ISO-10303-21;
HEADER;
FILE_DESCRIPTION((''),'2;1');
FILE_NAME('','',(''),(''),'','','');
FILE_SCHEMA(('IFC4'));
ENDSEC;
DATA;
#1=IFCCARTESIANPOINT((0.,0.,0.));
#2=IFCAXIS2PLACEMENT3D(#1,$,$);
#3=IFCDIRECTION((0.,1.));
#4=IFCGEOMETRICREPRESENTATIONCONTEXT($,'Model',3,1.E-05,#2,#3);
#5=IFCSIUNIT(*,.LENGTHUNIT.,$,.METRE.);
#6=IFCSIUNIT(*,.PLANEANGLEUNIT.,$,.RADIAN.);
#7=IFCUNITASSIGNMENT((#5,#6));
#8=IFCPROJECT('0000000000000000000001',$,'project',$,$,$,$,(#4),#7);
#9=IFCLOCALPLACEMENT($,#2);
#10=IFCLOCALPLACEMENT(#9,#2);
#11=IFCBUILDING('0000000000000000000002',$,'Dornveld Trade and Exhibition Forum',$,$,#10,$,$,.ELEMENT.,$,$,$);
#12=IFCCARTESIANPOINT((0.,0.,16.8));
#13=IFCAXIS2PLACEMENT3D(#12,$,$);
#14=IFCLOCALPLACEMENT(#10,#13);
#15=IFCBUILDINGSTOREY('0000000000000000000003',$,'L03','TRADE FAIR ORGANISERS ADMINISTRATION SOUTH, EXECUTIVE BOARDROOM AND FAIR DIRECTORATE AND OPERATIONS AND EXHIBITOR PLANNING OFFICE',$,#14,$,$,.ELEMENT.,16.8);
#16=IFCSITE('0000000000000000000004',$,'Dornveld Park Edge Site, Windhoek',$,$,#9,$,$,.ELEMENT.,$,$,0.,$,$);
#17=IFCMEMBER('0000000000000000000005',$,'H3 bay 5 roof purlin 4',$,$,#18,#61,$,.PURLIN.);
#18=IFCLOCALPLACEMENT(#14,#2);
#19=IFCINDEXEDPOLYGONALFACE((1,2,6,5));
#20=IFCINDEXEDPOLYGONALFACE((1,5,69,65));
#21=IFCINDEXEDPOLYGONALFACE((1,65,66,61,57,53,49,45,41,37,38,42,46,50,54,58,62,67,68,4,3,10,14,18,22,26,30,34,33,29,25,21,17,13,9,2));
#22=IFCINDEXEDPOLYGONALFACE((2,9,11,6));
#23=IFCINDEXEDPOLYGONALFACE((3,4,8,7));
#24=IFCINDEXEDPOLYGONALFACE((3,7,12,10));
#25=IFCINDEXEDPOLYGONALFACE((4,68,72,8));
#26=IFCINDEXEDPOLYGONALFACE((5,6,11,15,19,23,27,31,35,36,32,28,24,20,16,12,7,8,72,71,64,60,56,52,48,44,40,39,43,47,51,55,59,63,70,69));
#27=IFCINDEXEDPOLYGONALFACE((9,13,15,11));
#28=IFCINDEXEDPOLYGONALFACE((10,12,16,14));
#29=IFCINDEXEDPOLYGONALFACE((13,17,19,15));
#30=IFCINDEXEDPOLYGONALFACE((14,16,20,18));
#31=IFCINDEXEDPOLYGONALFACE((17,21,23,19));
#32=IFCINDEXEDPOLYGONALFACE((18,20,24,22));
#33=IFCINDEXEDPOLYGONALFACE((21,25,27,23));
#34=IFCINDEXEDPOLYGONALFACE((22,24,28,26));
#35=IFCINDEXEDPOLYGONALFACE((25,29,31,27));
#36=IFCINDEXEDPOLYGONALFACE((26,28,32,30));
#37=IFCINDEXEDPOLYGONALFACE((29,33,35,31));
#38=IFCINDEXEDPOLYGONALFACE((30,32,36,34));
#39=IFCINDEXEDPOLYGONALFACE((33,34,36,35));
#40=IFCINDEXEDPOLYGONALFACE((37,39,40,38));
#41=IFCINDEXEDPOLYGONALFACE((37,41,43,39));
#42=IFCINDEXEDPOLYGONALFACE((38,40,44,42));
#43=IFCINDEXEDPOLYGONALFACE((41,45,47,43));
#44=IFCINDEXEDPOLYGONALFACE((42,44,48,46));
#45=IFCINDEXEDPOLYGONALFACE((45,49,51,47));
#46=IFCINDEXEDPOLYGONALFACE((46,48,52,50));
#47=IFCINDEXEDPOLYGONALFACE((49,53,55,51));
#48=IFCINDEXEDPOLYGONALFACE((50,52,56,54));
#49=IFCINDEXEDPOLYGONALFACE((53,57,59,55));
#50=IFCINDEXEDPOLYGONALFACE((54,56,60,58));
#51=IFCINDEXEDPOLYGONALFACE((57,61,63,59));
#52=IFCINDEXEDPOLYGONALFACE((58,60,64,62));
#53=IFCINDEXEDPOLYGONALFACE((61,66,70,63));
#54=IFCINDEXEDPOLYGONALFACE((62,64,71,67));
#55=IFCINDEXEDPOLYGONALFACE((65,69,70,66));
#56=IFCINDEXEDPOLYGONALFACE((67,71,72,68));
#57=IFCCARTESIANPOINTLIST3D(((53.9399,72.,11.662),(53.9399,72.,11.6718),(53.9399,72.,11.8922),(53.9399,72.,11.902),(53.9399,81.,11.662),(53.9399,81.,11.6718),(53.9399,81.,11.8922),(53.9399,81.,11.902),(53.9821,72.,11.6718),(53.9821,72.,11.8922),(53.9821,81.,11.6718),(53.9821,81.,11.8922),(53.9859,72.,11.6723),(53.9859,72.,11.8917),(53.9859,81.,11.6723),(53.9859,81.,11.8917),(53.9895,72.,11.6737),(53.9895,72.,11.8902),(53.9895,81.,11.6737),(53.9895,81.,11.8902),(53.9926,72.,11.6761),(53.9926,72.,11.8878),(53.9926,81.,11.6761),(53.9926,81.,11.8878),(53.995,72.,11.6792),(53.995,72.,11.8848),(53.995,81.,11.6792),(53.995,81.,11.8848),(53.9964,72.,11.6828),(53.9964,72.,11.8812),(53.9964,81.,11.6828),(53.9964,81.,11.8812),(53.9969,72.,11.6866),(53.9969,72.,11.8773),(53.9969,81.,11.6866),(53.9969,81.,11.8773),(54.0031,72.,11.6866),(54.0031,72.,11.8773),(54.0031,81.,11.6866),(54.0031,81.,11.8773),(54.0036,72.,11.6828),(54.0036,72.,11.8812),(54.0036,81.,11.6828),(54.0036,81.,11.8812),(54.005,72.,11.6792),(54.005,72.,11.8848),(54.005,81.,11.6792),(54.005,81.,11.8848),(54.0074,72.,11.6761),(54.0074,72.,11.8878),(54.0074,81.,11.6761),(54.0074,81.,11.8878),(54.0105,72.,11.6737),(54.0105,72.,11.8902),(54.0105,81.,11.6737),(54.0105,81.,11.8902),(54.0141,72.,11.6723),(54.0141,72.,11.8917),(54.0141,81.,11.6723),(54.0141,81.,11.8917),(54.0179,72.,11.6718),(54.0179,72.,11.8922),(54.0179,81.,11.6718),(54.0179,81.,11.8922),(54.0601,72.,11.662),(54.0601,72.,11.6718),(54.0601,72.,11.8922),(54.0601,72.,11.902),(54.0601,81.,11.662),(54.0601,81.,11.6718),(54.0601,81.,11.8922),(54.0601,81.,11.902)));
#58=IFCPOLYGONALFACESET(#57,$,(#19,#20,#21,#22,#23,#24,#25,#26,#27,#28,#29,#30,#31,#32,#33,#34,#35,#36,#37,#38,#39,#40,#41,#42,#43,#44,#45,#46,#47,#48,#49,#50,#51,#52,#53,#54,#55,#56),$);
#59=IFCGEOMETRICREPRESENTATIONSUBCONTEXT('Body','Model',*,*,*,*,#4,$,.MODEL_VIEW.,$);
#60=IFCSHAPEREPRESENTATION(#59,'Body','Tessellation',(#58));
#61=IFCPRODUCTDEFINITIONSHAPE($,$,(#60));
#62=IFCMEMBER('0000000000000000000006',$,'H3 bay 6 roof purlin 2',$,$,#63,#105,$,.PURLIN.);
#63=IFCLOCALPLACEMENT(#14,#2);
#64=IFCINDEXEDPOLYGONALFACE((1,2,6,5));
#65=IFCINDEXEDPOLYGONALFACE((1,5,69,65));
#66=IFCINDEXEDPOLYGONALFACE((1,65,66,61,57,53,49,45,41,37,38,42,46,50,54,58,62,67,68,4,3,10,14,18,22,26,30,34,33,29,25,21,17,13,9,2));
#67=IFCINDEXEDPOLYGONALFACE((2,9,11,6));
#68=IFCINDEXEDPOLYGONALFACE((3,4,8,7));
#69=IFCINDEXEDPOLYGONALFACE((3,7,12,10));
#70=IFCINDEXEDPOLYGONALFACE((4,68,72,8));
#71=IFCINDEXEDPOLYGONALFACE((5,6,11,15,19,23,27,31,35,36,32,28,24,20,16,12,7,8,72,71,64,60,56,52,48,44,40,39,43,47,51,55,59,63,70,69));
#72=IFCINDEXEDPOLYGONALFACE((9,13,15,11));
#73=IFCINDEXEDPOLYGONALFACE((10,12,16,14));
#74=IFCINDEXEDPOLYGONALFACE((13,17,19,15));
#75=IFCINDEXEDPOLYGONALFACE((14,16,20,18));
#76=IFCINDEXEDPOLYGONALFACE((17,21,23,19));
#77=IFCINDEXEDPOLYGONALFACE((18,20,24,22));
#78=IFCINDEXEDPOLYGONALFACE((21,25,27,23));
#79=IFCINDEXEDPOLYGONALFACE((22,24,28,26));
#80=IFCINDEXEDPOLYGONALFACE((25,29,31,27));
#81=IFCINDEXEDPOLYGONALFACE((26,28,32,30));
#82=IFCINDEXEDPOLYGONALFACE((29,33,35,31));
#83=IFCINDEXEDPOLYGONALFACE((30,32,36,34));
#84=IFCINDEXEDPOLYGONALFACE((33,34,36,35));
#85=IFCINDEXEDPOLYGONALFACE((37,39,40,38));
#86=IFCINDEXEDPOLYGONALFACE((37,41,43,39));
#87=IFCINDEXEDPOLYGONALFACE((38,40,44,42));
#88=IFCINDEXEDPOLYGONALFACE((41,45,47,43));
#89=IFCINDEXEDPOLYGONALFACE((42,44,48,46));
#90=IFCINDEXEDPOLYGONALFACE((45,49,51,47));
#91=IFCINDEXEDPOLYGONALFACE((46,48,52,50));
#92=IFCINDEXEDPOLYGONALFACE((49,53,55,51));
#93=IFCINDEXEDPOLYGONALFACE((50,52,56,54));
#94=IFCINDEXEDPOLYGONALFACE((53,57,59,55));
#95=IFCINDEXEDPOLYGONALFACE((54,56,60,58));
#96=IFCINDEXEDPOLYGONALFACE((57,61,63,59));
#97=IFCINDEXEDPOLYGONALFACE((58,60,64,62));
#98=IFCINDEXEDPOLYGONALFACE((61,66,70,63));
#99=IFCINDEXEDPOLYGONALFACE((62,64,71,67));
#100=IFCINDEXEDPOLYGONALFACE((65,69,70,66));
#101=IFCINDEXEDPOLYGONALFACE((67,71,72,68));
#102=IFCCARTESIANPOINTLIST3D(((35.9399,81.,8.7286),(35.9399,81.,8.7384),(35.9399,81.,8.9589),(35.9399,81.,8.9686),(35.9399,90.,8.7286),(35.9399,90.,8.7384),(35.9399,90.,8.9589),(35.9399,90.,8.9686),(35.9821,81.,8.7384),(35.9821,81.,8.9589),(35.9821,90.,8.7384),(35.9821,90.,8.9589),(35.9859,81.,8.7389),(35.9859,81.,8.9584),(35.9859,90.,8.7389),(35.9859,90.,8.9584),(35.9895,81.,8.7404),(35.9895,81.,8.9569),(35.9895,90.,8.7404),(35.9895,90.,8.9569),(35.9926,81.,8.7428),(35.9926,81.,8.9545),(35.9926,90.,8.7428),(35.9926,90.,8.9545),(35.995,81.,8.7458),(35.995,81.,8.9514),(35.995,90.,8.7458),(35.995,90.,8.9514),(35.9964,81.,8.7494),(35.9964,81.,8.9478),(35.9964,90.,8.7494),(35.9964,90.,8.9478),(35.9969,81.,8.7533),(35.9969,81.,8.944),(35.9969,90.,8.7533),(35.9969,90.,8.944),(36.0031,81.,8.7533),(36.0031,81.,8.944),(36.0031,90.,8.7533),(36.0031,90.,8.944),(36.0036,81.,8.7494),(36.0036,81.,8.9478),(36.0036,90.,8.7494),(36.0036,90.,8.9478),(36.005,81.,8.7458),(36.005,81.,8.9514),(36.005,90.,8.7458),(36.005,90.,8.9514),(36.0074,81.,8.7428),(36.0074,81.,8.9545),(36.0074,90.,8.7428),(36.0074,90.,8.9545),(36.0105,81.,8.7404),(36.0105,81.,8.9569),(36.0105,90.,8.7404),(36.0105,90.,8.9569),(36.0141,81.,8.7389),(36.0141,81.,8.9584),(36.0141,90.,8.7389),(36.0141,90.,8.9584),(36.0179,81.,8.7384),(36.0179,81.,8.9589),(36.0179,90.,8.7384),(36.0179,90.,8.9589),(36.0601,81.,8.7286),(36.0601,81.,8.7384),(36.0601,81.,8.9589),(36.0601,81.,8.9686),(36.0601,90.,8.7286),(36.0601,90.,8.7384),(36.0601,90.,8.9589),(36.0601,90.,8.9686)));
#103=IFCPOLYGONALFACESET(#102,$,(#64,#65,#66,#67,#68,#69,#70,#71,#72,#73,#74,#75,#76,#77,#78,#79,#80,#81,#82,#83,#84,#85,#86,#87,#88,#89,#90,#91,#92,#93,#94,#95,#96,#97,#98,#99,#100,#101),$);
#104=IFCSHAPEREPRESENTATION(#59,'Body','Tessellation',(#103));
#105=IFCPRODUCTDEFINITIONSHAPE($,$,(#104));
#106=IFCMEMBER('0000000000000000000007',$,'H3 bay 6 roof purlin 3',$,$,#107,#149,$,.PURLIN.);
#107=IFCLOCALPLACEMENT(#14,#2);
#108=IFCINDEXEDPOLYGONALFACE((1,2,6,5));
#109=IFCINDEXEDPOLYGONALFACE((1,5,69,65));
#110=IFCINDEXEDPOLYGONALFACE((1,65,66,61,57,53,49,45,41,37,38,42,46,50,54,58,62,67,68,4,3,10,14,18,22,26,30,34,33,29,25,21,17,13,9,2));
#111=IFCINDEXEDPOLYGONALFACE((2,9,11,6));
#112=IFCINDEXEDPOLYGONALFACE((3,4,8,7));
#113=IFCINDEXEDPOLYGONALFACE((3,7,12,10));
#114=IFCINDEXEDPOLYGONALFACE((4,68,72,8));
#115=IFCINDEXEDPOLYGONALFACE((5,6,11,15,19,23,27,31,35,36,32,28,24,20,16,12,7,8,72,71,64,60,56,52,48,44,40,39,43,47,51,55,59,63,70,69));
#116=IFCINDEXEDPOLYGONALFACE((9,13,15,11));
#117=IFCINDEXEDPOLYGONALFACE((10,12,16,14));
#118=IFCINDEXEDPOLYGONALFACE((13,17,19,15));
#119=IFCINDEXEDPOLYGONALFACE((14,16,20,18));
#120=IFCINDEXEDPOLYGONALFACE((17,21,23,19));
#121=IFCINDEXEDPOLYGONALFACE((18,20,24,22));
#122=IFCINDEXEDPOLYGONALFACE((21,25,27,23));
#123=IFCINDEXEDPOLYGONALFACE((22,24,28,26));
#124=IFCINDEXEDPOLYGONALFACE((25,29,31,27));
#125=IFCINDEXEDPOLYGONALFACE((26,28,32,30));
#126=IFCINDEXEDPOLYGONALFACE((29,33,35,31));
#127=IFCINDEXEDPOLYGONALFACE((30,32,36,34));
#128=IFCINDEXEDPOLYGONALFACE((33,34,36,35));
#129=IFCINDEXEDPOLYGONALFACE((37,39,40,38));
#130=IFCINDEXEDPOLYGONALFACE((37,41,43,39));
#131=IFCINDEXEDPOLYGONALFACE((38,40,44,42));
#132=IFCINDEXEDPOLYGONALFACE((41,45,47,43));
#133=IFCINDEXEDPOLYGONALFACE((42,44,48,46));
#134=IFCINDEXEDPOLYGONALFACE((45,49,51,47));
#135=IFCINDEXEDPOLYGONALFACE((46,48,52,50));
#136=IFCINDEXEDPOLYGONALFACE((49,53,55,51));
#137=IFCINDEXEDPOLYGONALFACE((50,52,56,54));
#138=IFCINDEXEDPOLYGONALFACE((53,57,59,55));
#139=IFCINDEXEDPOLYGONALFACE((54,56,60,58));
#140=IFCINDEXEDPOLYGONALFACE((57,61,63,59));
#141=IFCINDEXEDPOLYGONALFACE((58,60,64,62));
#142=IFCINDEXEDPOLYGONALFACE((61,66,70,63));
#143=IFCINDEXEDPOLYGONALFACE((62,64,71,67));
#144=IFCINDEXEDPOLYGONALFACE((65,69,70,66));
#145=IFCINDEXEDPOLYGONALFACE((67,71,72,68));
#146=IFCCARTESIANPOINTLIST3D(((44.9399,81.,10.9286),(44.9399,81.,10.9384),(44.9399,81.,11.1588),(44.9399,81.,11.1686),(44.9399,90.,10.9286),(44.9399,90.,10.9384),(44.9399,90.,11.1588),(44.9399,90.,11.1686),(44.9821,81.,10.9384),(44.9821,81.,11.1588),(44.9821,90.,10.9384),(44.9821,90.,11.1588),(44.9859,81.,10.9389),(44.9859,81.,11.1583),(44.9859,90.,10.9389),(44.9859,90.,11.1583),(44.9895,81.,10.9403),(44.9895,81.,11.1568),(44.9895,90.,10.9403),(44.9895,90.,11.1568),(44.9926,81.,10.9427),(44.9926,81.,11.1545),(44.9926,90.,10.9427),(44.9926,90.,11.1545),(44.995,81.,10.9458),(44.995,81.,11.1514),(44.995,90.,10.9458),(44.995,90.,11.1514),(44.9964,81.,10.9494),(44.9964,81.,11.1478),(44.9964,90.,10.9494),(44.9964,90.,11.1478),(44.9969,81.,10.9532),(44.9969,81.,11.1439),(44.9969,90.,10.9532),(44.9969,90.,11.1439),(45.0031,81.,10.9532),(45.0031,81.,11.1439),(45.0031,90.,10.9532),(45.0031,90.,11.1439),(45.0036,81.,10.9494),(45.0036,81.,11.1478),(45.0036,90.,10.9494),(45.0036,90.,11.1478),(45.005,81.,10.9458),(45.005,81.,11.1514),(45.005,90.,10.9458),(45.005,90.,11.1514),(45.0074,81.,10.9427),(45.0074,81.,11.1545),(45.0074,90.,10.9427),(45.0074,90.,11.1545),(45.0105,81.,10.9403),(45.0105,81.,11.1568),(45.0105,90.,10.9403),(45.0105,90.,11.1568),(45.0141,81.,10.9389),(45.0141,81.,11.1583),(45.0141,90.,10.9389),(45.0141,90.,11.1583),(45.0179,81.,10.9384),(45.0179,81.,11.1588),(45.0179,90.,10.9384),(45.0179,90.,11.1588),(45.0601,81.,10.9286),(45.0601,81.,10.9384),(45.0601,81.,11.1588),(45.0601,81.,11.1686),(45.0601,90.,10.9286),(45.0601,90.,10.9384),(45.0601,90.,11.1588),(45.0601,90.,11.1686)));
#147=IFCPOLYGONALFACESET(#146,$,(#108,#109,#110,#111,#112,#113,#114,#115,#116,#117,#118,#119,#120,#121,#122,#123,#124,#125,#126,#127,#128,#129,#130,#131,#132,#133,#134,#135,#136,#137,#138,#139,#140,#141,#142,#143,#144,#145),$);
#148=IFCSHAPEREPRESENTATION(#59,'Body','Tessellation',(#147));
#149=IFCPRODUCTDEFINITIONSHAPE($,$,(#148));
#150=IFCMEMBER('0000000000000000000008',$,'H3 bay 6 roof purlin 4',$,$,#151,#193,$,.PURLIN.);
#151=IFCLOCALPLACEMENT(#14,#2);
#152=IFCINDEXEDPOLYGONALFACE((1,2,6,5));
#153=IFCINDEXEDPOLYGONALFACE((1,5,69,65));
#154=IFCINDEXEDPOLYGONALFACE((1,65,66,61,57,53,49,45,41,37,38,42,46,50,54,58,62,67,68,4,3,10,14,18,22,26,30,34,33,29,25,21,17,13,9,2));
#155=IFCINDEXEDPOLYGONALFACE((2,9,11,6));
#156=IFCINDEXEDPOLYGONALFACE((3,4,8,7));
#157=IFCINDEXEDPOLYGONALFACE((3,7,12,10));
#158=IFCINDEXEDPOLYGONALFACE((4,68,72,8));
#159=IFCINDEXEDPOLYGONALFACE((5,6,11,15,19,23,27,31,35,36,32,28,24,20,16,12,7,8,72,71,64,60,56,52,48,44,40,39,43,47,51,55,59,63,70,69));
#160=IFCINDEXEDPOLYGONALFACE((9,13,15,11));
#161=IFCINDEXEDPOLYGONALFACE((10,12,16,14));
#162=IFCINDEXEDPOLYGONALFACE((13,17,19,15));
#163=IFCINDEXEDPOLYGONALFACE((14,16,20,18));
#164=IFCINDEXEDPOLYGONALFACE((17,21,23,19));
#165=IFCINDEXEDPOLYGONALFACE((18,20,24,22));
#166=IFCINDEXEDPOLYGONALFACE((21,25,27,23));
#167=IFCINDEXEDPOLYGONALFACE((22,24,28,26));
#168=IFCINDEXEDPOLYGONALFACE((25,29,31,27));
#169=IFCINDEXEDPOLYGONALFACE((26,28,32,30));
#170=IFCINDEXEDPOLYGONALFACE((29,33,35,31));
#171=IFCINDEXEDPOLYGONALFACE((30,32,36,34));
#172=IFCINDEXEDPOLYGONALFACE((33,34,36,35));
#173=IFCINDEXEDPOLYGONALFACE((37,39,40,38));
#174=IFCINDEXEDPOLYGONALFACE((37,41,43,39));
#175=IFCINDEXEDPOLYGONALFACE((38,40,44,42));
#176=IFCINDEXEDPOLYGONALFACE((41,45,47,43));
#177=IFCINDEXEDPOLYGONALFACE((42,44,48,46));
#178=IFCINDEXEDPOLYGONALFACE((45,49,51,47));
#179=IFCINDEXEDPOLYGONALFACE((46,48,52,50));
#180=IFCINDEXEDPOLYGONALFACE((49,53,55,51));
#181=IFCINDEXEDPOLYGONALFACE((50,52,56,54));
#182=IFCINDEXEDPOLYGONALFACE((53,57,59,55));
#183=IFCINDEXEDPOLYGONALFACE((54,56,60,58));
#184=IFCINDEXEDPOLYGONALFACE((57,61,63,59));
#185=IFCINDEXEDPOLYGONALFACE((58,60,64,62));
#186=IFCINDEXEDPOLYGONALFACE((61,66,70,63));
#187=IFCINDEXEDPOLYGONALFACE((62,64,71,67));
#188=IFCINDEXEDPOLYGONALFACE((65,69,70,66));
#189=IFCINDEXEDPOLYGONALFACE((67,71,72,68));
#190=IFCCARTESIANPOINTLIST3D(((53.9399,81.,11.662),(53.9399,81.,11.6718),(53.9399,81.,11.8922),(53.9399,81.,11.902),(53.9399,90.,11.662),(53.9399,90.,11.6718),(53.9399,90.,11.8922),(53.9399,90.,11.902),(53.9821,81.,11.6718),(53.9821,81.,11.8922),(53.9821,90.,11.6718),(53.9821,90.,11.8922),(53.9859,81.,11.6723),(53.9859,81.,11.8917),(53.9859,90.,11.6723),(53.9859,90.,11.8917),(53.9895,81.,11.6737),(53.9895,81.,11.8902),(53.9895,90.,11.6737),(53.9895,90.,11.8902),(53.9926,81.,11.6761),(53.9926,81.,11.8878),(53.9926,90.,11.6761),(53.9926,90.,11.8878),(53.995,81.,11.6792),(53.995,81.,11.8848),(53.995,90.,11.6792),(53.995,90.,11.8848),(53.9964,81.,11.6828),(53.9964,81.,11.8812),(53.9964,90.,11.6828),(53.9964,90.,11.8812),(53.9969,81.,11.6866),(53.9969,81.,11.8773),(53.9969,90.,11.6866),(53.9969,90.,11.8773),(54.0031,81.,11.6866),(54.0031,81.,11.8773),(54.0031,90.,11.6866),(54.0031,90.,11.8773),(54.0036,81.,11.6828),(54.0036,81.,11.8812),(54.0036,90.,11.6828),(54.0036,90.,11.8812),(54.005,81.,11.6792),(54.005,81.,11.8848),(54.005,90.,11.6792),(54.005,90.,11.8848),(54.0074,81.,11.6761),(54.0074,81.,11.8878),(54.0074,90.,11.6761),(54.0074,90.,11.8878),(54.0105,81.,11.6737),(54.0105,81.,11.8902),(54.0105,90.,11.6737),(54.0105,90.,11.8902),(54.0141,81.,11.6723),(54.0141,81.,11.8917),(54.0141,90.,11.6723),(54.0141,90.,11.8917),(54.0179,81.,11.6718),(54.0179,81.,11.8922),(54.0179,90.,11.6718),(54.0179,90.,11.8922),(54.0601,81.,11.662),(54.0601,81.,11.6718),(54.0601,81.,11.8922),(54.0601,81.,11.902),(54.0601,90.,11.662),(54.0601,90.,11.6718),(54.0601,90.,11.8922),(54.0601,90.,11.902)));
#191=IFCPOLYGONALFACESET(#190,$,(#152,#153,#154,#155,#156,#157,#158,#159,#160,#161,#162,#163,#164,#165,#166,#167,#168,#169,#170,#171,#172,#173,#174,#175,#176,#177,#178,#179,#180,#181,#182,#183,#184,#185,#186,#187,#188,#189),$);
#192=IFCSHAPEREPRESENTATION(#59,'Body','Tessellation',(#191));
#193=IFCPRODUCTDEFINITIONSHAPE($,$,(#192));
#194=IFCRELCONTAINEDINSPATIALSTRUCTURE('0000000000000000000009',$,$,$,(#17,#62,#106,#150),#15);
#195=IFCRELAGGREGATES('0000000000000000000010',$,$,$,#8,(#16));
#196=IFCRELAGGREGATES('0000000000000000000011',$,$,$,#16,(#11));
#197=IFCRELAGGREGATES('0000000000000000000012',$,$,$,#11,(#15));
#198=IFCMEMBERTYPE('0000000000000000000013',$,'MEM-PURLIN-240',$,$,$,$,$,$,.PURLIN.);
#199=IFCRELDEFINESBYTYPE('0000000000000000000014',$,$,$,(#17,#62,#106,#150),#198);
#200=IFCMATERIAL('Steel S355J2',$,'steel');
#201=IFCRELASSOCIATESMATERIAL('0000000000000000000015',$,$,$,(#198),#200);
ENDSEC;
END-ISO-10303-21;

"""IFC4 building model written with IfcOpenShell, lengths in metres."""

from ifc_helpers import new_model, si_unit, direction, frame, origin, origin_2d, place, context, subcontext, project, spatial, i_section, extrude, material, material_profile, profile_set, type_object, element, save


model = new_model("IFC4")

# Units and contexts
model_context = context("Model", 3, precision=1e-05, world=origin(), true_north=direction((0.0, 1.0)))
body_context = subcontext(model_context, "Body", "Model", "MODEL_VIEW")
ifc_project = project(units=[si_unit("LENGTHUNIT", "METRE"), si_unit("PLANEANGLEUNIT", "RADIAN")], contexts=[model_context])

# Site, building, storey
site_placement = place(None, origin())
site = spatial("IfcSite", under=ifc_project, at=site_placement, Name="Dornveld Park Edge Site, Windhoek", CompositionType="ELEMENT", RefElevation=0.0)
building_placement = place(site_placement, origin())
building = spatial("IfcBuilding", under=site, at=building_placement, Name="Dornveld Trade and Exhibition Forum", CompositionType="ELEMENT")
storey_placement = place(building_placement, frame((0.0, 0.0, 16.8)))
storey = spatial("IfcBuildingStorey", under=building, at=storey_placement, Name="L03", Description="TRADE FAIR ORGANISERS ADMINISTRATION SOUTH, EXECUTIVE BOARDROOM AND FAIR DIRECTORATE AND OPERATIONS AND EXHIBITOR PLANNING OFFICE", CompositionType="ELEMENT", Elevation=16.8)

# Members
ifc_material_1 = material(Name="Steel S355J2", Category="steel")
ifc_material_profile_1 = material_profile(ifc_material_1, i_section(OverallWidth=0.1201, OverallDepth=0.24, WebThickness=0.0061, FlangeThickness=0.0098, FilletRadius=0.0149, at=origin_2d()), Name="IPE 240")
ifc_profile_set_1 = profile_set([ifc_material_profile_1], Name="Steel S355J2")
member_type_1 = type_object("IfcMemberType", Name="MEM-PURLIN-240", PredefinedType="PURLIN", material=ifc_profile_set_1)
for number, where, z_axis, x_axis, name in (
    (1, (54.0, 72.0, 11.782), (0.0, 1.0, 0.0), (-1.0, 0.0, 0.0), "H3 bay 5 roof purlin 4"),
    (2, (36.0, 81.0, 8.8486), (0.0, 1.0, 0.0), (-1.0, 0.0, 0.0), "H3 bay 6 roof purlin 2"),
    (3, (45.0, 81.0, 11.0486), (0.0, 1.0, 0.0), (-1.0, 0.0, 0.0), "H3 bay 6 roof purlin 3"),
    (4, (54.0, 81.0, 11.782), (0.0, 1.0, 0.0), (-1.0, 0.0, 0.0), "H3 bay 6 roof purlin 4"),
):
    element("IfcMember", number, at=place(storey_placement, frame(where, z_axis=z_axis, x_axis=x_axis)), inside=storey, type_object=member_type_1, Name=name, PredefinedType="PURLIN", context=body_context, shape_type="SweptSolid", body=[
        extrude(i_section(OverallWidth=0.1201, OverallDepth=0.24, WebThickness=0.0061, FlangeThickness=0.0098, FilletRadius=0.0149, at=origin_2d()), origin(), (0.0, 0.0, 1.0), 9.0),
    ])

save(model, "model.ifc")
